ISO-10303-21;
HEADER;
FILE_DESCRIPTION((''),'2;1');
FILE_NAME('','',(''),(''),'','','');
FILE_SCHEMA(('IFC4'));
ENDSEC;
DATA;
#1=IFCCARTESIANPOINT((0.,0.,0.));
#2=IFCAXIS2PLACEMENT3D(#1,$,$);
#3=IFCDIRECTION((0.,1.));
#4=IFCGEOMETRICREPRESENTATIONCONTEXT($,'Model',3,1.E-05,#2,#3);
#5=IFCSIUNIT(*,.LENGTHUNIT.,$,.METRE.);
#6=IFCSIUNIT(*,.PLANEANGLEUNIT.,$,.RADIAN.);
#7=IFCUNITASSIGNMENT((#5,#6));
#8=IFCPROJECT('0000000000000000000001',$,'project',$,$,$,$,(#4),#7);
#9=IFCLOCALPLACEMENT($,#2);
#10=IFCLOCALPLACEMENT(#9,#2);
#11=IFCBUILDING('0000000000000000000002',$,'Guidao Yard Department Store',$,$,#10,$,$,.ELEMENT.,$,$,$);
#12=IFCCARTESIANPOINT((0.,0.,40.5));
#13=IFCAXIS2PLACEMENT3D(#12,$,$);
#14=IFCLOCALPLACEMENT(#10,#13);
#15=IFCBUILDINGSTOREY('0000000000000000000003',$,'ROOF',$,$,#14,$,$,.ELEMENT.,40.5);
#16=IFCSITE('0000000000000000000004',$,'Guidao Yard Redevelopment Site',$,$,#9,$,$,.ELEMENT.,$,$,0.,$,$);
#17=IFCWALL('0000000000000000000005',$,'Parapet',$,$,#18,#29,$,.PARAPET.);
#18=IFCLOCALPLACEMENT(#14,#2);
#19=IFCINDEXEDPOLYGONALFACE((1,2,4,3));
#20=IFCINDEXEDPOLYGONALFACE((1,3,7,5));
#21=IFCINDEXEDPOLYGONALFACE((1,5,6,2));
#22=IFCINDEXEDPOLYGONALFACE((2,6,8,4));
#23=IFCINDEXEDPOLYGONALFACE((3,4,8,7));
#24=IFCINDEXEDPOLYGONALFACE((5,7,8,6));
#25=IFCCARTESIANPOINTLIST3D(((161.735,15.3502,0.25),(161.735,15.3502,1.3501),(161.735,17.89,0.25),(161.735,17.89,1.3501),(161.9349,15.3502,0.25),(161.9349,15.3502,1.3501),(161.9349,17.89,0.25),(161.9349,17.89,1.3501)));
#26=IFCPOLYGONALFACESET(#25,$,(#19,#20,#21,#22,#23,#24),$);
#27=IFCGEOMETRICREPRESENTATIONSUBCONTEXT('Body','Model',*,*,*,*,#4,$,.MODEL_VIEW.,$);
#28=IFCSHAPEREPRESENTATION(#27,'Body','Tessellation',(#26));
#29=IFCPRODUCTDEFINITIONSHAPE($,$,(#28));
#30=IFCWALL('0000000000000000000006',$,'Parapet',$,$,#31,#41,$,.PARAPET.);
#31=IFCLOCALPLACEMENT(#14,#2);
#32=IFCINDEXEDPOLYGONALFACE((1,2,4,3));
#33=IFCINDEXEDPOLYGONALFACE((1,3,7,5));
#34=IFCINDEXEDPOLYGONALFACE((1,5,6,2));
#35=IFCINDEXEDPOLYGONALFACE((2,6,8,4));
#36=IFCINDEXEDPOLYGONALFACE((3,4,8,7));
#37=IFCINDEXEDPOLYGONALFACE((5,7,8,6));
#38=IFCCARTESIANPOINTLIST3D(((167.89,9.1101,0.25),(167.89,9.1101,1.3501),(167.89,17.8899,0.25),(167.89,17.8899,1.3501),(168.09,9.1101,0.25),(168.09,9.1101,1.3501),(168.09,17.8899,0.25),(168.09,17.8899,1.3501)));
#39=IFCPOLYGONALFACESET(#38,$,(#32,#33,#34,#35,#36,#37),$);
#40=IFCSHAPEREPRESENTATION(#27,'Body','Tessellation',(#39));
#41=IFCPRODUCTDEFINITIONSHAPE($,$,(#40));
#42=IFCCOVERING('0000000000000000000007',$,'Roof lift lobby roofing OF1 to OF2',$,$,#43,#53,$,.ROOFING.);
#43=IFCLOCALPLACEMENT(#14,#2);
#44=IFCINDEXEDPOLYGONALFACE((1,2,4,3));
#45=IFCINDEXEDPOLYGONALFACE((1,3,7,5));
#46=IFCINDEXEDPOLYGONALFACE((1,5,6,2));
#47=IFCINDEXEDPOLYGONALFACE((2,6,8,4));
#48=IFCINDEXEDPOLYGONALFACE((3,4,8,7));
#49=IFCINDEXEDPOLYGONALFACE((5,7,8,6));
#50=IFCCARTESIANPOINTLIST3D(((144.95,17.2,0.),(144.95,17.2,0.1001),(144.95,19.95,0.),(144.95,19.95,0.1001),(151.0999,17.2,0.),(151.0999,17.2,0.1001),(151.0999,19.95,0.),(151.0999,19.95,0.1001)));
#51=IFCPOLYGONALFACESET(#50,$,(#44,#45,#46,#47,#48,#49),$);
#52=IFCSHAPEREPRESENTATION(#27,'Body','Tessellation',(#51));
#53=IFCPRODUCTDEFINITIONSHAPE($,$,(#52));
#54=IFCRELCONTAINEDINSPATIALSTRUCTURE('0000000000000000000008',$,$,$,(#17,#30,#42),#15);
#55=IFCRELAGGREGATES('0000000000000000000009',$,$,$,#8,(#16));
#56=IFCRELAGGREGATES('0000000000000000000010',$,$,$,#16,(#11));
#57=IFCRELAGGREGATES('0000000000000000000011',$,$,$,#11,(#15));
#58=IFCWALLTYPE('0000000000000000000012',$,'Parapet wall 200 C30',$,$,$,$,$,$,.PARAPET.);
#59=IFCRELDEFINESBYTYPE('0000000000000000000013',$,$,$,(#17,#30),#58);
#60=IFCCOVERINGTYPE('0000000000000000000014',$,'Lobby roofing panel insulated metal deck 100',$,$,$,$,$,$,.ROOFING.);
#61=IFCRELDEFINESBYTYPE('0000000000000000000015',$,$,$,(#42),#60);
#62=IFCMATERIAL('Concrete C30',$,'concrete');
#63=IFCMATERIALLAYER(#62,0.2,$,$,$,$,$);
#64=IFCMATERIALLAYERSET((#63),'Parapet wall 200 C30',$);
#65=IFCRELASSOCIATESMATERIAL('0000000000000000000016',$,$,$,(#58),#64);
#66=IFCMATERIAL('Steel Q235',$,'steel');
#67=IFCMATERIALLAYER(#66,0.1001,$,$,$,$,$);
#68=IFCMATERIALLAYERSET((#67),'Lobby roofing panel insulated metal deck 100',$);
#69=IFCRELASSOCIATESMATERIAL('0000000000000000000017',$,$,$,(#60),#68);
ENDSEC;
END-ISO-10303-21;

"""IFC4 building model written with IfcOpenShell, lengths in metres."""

from ifc_helpers import new_model, si_unit, direction, frame, frame_2d, origin, origin_2d, place, context, subcontext, project, spatial, rectangle, extrude, material, layer, layer_set, type_object, element, save


model = new_model("IFC4")

# Units and contexts
model_context = context("Model", 3, precision=1e-05, world=origin(), true_north=direction((0.0, 1.0)))
body_context = subcontext(model_context, "Body", "Model", "MODEL_VIEW")
ifc_project = project(units=[si_unit("LENGTHUNIT", "METRE"), si_unit("PLANEANGLEUNIT", "RADIAN")], contexts=[model_context])

# Site, building, storey
site_placement = place(None, origin())
site = spatial("IfcSite", under=ifc_project, at=site_placement, Name="Guidao Yard Redevelopment Site", CompositionType="ELEMENT", RefElevation=0.0)
building_placement = place(site_placement, origin())
building = spatial("IfcBuilding", under=site, at=building_placement, Name="Guidao Yard Department Store", CompositionType="ELEMENT")
storey_placement = place(building_placement, frame((0.0, 0.0, 40.5)))
storey = spatial("IfcBuildingStorey", under=building, at=storey_placement, Name="ROOF", CompositionType="ELEMENT", Elevation=40.5)

# Walls
ifc_material_1 = material(Name="Concrete C30", Category="concrete")
ifc_layer_1 = layer(ifc_material_1, 0.2)
ifc_layer_set_1 = layer_set([ifc_layer_1], Name="Parapet wall 200 C30")
wall_type = type_object("IfcWallType", Name="Parapet wall 200 C30", PredefinedType="PARAPET", material=ifc_layer_set_1)
wall_1_placement = place(storey_placement, frame((161.835, 15.3501, 0.25), z_axis=(0.0, 0.0, 1.0), x_axis=(0.0, 1.0, 0.0)))
element("IfcWall", 1, at=wall_1_placement, inside=storey, type_object=wall_type, Name="Parapet", PredefinedType="PARAPET", context=body_context, shape_type="SweptSolid", body=[
    extrude(rectangle(XDim=2.5398, YDim=0.2, at=frame_2d((1.27, 0.0))), origin(), (0.0, 0.0, 1.0), 1.1001),
])
wall_2_placement = place(storey_placement, frame((167.99, 9.1101, 0.25), z_axis=(0.0, 0.0, 1.0), x_axis=(0.0, 1.0, 0.0)))
element("IfcWall", 2, at=wall_2_placement, inside=storey, type_object=wall_type, Name="Parapet", PredefinedType="PARAPET", context=body_context, shape_type="SweptSolid", body=[
    extrude(rectangle(XDim=8.7798, YDim=0.2, at=frame_2d((4.3899, 0.0))), origin(), (0.0, 0.0, 1.0), 1.1001),
])

# Covering
ifc_material_2 = material(Name="Steel Q235", Category="steel")
ifc_layer_2 = layer(ifc_material_2, 0.1001)
ifc_layer_set_2 = layer_set([ifc_layer_2], Name="Lobby roofing panel insulated metal deck 100")
covering_type = type_object("IfcCoveringType", Name="Lobby roofing panel insulated metal deck 100", PredefinedType="ROOFING", material=ifc_layer_set_2)
covering_placement = place(storey_placement, frame((148.0249, 18.575, 0.0), z_axis=(0.0, 0.0, 1.0), x_axis=(1.0, 0.0, 0.0)))
element("IfcCovering", 3, at=covering_placement, inside=storey, type_object=covering_type, Name="Roof lift lobby roofing OF1 to OF2", PredefinedType="ROOFING", context=body_context, shape_type="SweptSolid", body=[
    extrude(rectangle(XDim=6.1499, YDim=2.75, at=origin_2d()), origin(), (0.0, 0.0, 1.0), 0.1001),
])

save(model, "model.ifc")
